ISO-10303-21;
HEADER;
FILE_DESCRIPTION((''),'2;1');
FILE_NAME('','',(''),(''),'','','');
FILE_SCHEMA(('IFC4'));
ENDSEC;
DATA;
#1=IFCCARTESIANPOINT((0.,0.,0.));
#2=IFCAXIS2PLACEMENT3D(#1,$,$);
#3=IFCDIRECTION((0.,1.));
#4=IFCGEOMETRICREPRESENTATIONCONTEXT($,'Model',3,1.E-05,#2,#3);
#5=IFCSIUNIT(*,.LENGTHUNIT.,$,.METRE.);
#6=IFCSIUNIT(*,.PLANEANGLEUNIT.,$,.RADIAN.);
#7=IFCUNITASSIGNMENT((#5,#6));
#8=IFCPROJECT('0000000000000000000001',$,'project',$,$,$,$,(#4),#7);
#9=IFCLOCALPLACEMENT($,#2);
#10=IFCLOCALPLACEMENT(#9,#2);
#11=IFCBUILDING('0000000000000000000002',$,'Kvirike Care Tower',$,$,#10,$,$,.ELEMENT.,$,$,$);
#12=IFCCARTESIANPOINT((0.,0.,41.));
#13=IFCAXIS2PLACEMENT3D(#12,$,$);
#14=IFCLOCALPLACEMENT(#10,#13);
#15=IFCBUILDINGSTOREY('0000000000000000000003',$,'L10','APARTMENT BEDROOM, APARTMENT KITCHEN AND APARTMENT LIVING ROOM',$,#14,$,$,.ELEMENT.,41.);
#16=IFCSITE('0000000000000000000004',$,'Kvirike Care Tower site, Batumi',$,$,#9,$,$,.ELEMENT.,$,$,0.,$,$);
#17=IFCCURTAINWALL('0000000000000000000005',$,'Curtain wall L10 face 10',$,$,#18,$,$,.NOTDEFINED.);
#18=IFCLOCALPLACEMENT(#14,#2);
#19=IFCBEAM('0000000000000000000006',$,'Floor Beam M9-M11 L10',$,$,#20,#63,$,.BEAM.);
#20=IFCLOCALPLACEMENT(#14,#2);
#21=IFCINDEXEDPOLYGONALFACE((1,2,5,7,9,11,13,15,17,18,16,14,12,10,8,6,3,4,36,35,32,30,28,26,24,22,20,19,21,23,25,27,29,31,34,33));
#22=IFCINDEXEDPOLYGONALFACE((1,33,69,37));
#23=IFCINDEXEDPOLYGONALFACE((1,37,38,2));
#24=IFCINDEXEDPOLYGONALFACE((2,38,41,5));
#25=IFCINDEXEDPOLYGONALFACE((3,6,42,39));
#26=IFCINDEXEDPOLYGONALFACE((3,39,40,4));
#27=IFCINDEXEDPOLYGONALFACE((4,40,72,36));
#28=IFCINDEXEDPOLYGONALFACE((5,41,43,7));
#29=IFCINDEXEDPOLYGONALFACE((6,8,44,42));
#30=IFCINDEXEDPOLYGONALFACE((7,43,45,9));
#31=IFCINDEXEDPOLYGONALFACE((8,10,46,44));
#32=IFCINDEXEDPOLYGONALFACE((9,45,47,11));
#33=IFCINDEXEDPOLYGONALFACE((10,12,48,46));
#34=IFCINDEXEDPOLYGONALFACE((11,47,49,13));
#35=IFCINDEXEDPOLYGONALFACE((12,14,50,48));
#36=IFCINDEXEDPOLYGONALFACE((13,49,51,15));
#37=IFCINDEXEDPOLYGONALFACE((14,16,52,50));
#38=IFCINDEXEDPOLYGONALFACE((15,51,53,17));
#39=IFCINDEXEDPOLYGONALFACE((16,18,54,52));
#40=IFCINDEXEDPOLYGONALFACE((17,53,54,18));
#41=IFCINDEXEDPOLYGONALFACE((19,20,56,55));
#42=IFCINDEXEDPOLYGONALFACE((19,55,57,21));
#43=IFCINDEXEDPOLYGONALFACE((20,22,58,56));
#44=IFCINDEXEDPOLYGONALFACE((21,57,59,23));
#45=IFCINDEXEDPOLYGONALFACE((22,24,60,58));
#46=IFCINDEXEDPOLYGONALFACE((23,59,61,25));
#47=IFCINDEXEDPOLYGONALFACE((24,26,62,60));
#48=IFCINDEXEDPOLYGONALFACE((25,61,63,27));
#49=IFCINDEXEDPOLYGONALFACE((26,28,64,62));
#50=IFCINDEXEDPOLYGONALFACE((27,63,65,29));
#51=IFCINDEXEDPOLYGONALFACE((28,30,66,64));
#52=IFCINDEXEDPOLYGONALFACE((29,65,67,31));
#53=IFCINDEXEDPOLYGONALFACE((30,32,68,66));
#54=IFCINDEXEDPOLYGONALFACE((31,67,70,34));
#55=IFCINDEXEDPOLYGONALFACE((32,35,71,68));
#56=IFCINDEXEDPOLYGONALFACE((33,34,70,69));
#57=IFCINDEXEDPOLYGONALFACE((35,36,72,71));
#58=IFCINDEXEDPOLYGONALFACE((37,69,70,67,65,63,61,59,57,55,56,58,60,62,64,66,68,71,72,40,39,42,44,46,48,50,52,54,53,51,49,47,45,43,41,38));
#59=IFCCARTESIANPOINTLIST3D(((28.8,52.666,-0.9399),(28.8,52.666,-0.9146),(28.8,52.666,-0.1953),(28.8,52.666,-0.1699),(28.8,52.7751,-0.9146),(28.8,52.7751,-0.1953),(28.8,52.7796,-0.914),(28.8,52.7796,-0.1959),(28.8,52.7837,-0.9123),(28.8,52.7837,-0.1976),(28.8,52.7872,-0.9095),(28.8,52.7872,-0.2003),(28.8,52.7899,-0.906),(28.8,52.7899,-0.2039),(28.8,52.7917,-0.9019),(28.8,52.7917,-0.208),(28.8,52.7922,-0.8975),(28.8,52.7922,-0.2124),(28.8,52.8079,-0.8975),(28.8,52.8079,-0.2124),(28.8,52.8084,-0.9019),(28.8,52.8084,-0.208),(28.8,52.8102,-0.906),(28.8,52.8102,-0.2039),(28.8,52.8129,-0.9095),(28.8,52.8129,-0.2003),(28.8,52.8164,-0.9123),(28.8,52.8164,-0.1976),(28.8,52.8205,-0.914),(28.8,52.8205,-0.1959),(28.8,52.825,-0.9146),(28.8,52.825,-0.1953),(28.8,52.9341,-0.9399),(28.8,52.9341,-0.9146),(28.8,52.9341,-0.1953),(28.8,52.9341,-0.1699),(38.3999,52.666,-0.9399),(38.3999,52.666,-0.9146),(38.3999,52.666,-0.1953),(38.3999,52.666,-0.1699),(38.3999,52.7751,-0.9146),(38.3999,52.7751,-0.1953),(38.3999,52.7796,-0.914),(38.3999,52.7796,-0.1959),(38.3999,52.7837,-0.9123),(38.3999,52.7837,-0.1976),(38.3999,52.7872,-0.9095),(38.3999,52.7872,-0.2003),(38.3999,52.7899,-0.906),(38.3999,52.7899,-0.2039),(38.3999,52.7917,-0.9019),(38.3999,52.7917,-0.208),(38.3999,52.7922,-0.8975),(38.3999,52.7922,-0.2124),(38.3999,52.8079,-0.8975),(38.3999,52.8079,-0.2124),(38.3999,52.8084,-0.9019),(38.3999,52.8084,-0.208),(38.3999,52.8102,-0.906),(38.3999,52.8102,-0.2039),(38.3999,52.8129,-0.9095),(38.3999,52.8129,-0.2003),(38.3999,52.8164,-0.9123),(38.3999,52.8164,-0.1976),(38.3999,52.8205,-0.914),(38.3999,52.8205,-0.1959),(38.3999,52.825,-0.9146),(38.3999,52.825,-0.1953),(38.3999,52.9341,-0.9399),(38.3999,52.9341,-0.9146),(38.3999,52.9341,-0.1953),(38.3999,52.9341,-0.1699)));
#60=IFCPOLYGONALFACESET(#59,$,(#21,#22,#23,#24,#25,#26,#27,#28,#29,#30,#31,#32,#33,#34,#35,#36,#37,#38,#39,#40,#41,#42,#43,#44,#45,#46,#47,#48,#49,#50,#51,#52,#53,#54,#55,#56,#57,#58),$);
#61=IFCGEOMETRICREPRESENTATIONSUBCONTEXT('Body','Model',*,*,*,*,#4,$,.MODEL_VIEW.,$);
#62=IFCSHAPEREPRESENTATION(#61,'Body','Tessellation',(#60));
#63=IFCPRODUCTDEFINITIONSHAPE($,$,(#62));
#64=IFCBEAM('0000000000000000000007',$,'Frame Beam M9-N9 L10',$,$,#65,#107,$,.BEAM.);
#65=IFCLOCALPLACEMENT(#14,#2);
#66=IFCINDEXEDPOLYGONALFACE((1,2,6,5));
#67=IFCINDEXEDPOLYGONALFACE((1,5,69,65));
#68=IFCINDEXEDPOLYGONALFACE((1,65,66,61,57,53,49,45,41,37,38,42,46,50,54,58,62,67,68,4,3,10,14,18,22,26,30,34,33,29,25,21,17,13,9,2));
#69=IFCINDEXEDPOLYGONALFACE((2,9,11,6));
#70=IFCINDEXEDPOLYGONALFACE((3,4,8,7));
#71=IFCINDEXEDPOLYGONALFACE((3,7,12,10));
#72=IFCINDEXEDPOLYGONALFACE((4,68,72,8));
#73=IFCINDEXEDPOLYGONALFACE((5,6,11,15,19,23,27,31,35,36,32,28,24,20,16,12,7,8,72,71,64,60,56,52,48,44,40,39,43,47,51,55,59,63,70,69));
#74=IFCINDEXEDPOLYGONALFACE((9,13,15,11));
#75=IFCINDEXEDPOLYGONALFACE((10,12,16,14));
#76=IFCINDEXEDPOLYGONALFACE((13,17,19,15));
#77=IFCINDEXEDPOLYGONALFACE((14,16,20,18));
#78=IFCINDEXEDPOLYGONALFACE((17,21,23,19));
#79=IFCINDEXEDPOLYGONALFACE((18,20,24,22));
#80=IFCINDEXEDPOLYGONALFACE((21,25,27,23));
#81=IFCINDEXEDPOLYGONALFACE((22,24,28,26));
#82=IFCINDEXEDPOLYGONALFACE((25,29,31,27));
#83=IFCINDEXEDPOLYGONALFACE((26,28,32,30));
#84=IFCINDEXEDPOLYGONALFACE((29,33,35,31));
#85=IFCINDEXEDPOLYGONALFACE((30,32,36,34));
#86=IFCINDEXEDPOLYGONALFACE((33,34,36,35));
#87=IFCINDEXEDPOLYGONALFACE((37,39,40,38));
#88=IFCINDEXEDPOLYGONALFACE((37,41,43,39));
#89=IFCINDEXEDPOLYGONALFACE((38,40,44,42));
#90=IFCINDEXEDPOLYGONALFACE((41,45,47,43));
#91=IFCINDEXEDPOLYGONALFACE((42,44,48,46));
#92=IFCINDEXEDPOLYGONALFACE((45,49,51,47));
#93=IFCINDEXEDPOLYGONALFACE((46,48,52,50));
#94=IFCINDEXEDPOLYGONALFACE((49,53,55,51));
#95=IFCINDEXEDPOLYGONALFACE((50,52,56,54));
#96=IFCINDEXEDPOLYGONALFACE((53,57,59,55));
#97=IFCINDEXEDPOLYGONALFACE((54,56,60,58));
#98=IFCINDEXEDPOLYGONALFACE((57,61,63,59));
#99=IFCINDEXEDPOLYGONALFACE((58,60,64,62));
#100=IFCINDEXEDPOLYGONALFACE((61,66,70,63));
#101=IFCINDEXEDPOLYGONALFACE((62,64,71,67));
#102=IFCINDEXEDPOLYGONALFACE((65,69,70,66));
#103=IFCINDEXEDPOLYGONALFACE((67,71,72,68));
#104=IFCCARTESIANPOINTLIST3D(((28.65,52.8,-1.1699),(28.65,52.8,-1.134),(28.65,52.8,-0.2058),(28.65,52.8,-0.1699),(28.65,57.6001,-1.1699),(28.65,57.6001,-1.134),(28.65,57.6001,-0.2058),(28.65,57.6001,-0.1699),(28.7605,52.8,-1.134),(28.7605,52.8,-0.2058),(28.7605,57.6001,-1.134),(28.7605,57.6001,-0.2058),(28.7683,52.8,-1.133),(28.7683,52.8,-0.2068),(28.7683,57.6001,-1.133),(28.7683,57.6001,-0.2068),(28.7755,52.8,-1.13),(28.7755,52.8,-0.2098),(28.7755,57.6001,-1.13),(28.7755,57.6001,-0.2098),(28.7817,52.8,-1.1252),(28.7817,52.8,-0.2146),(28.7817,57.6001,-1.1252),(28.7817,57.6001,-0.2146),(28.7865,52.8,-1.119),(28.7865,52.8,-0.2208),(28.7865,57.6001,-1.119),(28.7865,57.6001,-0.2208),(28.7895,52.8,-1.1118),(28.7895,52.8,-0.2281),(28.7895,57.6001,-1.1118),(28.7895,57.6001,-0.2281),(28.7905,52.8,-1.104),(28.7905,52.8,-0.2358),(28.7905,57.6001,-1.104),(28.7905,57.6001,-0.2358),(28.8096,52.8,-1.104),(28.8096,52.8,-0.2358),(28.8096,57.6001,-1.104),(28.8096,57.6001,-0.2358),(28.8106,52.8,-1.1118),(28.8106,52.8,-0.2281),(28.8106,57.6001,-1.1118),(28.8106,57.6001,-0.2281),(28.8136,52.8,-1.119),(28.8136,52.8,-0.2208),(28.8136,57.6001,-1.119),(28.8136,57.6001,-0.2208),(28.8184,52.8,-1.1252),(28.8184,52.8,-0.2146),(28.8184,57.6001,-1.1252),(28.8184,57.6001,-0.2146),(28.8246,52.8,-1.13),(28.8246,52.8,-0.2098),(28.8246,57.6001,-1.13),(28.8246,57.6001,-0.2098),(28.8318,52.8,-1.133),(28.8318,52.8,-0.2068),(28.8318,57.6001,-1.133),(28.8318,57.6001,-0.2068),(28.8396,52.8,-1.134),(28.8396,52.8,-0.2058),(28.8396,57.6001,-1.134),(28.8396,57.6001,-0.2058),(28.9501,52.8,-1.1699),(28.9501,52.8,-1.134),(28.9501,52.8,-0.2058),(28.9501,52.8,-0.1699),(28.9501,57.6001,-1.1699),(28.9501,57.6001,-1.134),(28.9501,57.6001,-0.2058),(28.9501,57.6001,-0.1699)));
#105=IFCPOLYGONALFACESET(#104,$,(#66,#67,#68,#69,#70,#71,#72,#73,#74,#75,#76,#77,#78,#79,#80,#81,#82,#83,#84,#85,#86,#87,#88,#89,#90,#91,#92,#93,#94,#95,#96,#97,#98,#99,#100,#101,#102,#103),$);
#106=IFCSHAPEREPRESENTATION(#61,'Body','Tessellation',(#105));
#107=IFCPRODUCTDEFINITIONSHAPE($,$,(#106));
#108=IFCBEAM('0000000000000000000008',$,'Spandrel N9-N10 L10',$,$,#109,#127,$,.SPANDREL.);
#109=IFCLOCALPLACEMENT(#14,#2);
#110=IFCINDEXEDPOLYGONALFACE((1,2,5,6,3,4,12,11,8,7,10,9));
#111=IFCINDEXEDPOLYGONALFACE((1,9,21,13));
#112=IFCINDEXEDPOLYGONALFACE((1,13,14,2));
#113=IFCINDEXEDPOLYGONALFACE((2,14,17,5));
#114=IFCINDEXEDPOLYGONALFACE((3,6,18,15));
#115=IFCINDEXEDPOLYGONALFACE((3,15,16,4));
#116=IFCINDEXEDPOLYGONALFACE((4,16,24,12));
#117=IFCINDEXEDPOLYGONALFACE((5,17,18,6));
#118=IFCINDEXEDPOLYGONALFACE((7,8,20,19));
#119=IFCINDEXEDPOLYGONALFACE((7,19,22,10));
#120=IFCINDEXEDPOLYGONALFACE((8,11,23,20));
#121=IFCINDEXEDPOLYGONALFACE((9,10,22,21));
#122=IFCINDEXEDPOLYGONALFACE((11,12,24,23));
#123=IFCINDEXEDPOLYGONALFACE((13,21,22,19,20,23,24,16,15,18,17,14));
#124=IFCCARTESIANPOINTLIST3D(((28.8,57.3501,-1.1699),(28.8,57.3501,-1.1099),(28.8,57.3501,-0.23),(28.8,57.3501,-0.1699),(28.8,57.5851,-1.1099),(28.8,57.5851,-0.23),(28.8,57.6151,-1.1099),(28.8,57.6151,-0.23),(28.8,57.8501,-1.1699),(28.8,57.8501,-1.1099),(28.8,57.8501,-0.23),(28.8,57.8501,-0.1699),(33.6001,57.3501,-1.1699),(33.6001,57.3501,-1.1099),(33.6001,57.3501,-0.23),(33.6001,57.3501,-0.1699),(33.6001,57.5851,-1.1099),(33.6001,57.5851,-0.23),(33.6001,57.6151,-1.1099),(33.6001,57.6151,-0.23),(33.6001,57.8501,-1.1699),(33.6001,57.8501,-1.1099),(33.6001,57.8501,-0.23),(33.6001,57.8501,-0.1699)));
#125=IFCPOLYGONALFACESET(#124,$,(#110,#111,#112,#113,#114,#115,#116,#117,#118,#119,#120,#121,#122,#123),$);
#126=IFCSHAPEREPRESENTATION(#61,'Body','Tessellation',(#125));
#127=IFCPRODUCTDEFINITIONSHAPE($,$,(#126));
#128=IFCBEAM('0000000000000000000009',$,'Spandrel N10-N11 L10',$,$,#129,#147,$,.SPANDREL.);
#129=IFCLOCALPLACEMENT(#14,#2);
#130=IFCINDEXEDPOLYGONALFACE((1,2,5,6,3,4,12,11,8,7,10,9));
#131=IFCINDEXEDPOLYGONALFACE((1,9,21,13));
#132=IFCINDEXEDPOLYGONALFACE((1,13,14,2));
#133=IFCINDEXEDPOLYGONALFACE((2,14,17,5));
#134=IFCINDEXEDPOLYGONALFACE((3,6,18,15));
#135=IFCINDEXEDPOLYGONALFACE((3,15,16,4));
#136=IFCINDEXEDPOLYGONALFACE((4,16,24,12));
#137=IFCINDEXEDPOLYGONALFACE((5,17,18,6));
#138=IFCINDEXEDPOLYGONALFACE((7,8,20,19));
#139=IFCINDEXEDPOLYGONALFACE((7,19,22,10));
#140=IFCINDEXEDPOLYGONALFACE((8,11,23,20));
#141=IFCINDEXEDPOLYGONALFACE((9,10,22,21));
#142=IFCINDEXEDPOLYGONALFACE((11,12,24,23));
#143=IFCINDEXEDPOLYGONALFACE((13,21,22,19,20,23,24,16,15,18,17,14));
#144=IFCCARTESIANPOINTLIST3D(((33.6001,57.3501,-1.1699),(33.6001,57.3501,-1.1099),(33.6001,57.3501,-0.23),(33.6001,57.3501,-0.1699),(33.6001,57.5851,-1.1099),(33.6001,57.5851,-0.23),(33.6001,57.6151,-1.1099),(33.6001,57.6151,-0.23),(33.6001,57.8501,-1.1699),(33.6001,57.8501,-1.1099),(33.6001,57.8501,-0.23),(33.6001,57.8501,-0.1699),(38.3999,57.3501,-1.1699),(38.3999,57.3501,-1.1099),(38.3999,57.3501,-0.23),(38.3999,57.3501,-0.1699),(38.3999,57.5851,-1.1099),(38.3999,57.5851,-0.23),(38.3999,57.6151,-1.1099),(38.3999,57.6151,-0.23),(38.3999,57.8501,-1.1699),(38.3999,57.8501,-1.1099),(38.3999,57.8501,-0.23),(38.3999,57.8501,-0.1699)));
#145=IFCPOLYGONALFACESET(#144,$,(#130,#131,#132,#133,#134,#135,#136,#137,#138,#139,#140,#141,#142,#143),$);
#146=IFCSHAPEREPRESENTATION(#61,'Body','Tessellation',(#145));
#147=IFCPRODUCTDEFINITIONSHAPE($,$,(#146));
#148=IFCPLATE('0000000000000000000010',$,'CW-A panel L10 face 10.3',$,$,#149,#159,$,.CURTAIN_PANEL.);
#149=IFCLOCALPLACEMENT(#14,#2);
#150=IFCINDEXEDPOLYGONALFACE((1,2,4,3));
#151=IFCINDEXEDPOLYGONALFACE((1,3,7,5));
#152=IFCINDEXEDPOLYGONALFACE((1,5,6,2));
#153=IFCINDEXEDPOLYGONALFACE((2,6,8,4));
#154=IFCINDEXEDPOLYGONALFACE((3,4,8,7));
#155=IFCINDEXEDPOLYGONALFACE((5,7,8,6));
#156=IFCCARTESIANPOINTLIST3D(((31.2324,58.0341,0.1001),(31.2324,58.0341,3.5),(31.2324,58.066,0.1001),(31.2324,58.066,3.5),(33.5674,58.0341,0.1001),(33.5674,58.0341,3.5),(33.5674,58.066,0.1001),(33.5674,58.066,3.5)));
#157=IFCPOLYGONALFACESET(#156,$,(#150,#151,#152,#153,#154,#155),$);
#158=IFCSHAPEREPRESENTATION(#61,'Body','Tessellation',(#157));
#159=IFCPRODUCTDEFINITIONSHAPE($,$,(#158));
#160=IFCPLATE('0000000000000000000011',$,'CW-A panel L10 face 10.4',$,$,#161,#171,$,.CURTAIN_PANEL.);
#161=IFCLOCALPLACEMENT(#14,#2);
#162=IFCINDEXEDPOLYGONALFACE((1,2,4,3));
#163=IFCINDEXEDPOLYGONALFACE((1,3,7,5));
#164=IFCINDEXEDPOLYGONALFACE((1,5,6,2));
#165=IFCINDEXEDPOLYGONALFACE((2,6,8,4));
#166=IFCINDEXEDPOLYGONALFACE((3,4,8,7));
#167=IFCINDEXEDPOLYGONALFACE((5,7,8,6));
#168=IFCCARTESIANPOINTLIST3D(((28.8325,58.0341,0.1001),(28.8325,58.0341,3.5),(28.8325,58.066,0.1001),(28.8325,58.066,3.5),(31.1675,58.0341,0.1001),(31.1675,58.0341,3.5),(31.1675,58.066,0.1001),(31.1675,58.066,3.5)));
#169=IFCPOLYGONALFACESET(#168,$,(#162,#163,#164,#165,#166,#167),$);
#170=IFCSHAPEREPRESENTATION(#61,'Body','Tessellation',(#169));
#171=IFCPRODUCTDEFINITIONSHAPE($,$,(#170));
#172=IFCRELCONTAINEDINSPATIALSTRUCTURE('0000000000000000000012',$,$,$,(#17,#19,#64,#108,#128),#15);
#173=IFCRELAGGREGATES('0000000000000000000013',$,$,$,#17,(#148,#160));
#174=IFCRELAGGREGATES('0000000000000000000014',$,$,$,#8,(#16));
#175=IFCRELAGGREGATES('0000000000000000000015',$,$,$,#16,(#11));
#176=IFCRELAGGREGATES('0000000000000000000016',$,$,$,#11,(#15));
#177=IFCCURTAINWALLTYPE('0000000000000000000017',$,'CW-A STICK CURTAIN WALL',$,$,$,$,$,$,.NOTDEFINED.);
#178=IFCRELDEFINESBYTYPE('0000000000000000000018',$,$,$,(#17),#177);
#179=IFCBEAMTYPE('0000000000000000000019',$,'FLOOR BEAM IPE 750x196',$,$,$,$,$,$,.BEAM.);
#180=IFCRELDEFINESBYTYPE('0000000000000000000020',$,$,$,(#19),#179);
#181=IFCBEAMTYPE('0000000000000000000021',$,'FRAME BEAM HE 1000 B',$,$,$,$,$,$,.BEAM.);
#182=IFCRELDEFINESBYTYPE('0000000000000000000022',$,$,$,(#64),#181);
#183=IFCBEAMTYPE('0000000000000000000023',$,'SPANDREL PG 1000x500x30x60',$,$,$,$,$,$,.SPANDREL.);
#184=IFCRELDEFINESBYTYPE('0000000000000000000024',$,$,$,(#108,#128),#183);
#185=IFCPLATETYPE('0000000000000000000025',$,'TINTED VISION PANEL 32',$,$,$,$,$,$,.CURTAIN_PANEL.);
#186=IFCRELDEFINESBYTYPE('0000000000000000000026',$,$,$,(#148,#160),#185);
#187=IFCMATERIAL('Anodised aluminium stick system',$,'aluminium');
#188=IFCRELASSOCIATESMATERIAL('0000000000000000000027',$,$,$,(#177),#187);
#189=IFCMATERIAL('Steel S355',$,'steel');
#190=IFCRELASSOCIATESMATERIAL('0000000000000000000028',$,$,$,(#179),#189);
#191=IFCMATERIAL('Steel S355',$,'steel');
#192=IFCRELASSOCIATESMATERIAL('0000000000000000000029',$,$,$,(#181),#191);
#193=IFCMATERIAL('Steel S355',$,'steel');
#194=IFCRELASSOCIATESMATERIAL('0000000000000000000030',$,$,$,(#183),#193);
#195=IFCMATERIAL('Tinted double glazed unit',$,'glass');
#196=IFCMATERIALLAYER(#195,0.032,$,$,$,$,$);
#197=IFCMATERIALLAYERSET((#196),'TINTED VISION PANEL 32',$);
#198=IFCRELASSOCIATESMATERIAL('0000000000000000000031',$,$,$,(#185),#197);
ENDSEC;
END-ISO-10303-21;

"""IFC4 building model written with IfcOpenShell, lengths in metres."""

from ifc_helpers import new_model, si_unit, direction, frame, origin, origin_2d, place, context, subcontext, project, spatial, rectangle, i_section, extrude, material, layer, layer_set, material_profile, profile_set, type_object, element, aggregate, save


model = new_model("IFC4")

# Units and contexts
model_context = context("Model", 3, precision=1e-05, world=origin(), true_north=direction((0.0, 1.0)))
body_context = subcontext(model_context, "Body", "Model", "MODEL_VIEW")
ifc_project = project(units=[si_unit("LENGTHUNIT", "METRE"), si_unit("PLANEANGLEUNIT", "RADIAN")], contexts=[model_context])

# Site, building, storey
site_placement = place(None, origin())
site = spatial("IfcSite", under=ifc_project, at=site_placement, Name="Kvirike Care Tower site, Batumi", CompositionType="ELEMENT", RefElevation=0.0)
building_placement = place(site_placement, origin())
building = spatial("IfcBuilding", under=site, at=building_placement, Name="Kvirike Care Tower", CompositionType="ELEMENT")
storey_placement = place(building_placement, frame((0.0, 0.0, 41.0)))
storey = spatial("IfcBuildingStorey", under=building, at=storey_placement, Name="L10", Description="APARTMENT BEDROOM, APARTMENT KITCHEN AND APARTMENT LIVING ROOM", CompositionType="ELEMENT", Elevation=41.0)

# Curtain wall
ifc_material_1 = material(Name="Anodised aluminium stick system", Category="aluminium")
curtain_wall_type = type_object("IfcCurtainWallType", Name="CW-A STICK CURTAIN WALL", PredefinedType="NOTDEFINED", material=ifc_material_1)
curtain_wall_placement = place(storey_placement, origin())
curtain_wall = element("IfcCurtainWall", 1, at=curtain_wall_placement, inside=storey, type_object=curtain_wall_type, Name="Curtain wall L10 face 10", PredefinedType="NOTDEFINED")

# Beams
ifc_material_2 = material(Name="Steel S355", Category="steel")
ifc_material_profile_1 = material_profile(ifc_material_2, i_section(OverallWidth=0.2681, OverallDepth=0.77, WebThickness=0.0156, FlangeThickness=0.0254, FilletRadius=0.0171, at=origin_2d()), Name="IPE 750x196")
ifc_profile_set_1 = profile_set([ifc_material_profile_1], Name="Steel S355")
beam_type_1 = type_object("IfcBeamType", Name="FLOOR BEAM IPE 750x196", PredefinedType="BEAM", material=ifc_profile_set_1)
beam_1_placement = place(storey_placement, frame((28.8, 52.8, -0.5549), z_axis=(1.0, 0.0, 0.0), x_axis=(0.0, 1.0, 0.0)))
element("IfcBeam", 2, at=beam_1_placement, inside=storey, type_object=beam_type_1, Name="Floor Beam M9-M11 L10", PredefinedType="BEAM", context=body_context, shape_type="SweptSolid", body=[
    extrude(i_section(OverallWidth=0.2681, OverallDepth=0.77, WebThickness=0.0156, FlangeThickness=0.0254, FilletRadius=0.0171, at=origin_2d()), origin(), (0.0, 0.0, 1.0), 9.5999),
])
ifc_material_3 = material(Name="Steel S355", Category="steel")
ifc_material_profile_2 = material_profile(ifc_material_3, i_section(OverallWidth=0.3, OverallDepth=1.0, WebThickness=0.019, FlangeThickness=0.0359, FilletRadius=0.03, at=origin_2d()), Name="HE 1000 B")
ifc_profile_set_2 = profile_set([ifc_material_profile_2], Name="Steel S355")
beam_type_2 = type_object("IfcBeamType", Name="FRAME BEAM HE 1000 B", PredefinedType="BEAM", material=ifc_profile_set_2)
beam_2_placement = place(storey_placement, frame((28.8, 52.8, -0.6699), z_axis=(0.0, 1.0, 0.0), x_axis=(-1.0, 0.0, 0.0)))
element("IfcBeam", 3, at=beam_2_placement, inside=storey, type_object=beam_type_2, Name="Frame Beam M9-N9 L10", PredefinedType="BEAM", context=body_context, shape_type="SweptSolid", body=[
    extrude(i_section(OverallWidth=0.3, OverallDepth=1.0, WebThickness=0.019, FlangeThickness=0.0359, FilletRadius=0.03, at=origin_2d()), origin(), (0.0, 0.0, 1.0), 4.8),
])
ifc_material_4 = material(Name="Steel S355", Category="steel")
ifc_material_profile_3 = material_profile(ifc_material_4, i_section(OverallWidth=0.5, OverallDepth=1.0, WebThickness=0.03, FlangeThickness=0.0601, at=origin_2d()), Name="PG 1000x500x30x60")
ifc_profile_set_3 = profile_set([ifc_material_profile_3], Name="Steel S355")
beam_type_3 = type_object("IfcBeamType", Name="SPANDREL PG 1000x500x30x60", PredefinedType="SPANDREL", material=ifc_profile_set_3)
beam_3_placement = place(storey_placement, frame((28.8, 57.6001, -0.6699), z_axis=(1.0, 0.0, 0.0), x_axis=(0.0, 1.0, 0.0)))
element("IfcBeam", 4, at=beam_3_placement, inside=storey, type_object=beam_type_3, Name="Spandrel N9-N10 L10", PredefinedType="SPANDREL", context=body_context, shape_type="SweptSolid", body=[
    extrude(i_section(OverallWidth=0.5, OverallDepth=1.0, WebThickness=0.03, FlangeThickness=0.0601, at=origin_2d()), origin(), (0.0, 0.0, 1.0), 4.8),
])
beam_4_placement = place(storey_placement, frame((33.6001, 57.6001, -0.6699), z_axis=(1.0, 0.0, 0.0), x_axis=(0.0, 1.0, 0.0)))
element("IfcBeam", 5, at=beam_4_placement, inside=storey, type_object=beam_type_3, Name="Spandrel N10-N11 L10", PredefinedType="SPANDREL", context=body_context, shape_type="SweptSolid", body=[
    extrude(i_section(OverallWidth=0.5, OverallDepth=1.0, WebThickness=0.03, FlangeThickness=0.0601, at=origin_2d()), origin(), (0.0, 0.0, 1.0), 4.7998),
])

# Plates
ifc_material_5 = material(Name="Tinted double glazed unit", Category="glass")
ifc_layer_1 = layer(ifc_material_5, 0.032)
ifc_layer_set_1 = layer_set([ifc_layer_1], Name="TINTED VISION PANEL 32")
plate_type = type_object("IfcPlateType", Name="TINTED VISION PANEL 32", PredefinedType="CURTAIN_PANEL", material=ifc_layer_set_1)
plate_1_placement = place(storey_placement, frame((32.3999, 58.05, 0.1001), z_axis=(0.0, 0.0, 1.0), x_axis=(-1.0, 0.0, 0.0)))
plate_1 = element("IfcPlate", 6, at=plate_1_placement, type_object=plate_type, Name="CW-A panel L10 face 10.3", PredefinedType="CURTAIN_PANEL", context=body_context, shape_type="SweptSolid", body=[
    extrude(rectangle(XDim=2.335, YDim=0.032, at=origin_2d()), origin(), (0.0, 0.0, 1.0), 3.3999),
])
plate_2_placement = place(storey_placement, frame((30.0, 58.05, 0.1001), z_axis=(0.0, 0.0, 1.0), x_axis=(-1.0, 0.0, 0.0)))
plate_2 = element("IfcPlate", 7, at=plate_2_placement, type_object=plate_type, Name="CW-A panel L10 face 10.4", PredefinedType="CURTAIN_PANEL", context=body_context, shape_type="SweptSolid", body=[
    extrude(rectangle(XDim=2.335, YDim=0.032, at=origin_2d()), origin(), (0.0, 0.0, 1.0), 3.3999),
])
aggregate(curtain_wall, [plate_1, plate_2])

save(model, "model.ifc")
